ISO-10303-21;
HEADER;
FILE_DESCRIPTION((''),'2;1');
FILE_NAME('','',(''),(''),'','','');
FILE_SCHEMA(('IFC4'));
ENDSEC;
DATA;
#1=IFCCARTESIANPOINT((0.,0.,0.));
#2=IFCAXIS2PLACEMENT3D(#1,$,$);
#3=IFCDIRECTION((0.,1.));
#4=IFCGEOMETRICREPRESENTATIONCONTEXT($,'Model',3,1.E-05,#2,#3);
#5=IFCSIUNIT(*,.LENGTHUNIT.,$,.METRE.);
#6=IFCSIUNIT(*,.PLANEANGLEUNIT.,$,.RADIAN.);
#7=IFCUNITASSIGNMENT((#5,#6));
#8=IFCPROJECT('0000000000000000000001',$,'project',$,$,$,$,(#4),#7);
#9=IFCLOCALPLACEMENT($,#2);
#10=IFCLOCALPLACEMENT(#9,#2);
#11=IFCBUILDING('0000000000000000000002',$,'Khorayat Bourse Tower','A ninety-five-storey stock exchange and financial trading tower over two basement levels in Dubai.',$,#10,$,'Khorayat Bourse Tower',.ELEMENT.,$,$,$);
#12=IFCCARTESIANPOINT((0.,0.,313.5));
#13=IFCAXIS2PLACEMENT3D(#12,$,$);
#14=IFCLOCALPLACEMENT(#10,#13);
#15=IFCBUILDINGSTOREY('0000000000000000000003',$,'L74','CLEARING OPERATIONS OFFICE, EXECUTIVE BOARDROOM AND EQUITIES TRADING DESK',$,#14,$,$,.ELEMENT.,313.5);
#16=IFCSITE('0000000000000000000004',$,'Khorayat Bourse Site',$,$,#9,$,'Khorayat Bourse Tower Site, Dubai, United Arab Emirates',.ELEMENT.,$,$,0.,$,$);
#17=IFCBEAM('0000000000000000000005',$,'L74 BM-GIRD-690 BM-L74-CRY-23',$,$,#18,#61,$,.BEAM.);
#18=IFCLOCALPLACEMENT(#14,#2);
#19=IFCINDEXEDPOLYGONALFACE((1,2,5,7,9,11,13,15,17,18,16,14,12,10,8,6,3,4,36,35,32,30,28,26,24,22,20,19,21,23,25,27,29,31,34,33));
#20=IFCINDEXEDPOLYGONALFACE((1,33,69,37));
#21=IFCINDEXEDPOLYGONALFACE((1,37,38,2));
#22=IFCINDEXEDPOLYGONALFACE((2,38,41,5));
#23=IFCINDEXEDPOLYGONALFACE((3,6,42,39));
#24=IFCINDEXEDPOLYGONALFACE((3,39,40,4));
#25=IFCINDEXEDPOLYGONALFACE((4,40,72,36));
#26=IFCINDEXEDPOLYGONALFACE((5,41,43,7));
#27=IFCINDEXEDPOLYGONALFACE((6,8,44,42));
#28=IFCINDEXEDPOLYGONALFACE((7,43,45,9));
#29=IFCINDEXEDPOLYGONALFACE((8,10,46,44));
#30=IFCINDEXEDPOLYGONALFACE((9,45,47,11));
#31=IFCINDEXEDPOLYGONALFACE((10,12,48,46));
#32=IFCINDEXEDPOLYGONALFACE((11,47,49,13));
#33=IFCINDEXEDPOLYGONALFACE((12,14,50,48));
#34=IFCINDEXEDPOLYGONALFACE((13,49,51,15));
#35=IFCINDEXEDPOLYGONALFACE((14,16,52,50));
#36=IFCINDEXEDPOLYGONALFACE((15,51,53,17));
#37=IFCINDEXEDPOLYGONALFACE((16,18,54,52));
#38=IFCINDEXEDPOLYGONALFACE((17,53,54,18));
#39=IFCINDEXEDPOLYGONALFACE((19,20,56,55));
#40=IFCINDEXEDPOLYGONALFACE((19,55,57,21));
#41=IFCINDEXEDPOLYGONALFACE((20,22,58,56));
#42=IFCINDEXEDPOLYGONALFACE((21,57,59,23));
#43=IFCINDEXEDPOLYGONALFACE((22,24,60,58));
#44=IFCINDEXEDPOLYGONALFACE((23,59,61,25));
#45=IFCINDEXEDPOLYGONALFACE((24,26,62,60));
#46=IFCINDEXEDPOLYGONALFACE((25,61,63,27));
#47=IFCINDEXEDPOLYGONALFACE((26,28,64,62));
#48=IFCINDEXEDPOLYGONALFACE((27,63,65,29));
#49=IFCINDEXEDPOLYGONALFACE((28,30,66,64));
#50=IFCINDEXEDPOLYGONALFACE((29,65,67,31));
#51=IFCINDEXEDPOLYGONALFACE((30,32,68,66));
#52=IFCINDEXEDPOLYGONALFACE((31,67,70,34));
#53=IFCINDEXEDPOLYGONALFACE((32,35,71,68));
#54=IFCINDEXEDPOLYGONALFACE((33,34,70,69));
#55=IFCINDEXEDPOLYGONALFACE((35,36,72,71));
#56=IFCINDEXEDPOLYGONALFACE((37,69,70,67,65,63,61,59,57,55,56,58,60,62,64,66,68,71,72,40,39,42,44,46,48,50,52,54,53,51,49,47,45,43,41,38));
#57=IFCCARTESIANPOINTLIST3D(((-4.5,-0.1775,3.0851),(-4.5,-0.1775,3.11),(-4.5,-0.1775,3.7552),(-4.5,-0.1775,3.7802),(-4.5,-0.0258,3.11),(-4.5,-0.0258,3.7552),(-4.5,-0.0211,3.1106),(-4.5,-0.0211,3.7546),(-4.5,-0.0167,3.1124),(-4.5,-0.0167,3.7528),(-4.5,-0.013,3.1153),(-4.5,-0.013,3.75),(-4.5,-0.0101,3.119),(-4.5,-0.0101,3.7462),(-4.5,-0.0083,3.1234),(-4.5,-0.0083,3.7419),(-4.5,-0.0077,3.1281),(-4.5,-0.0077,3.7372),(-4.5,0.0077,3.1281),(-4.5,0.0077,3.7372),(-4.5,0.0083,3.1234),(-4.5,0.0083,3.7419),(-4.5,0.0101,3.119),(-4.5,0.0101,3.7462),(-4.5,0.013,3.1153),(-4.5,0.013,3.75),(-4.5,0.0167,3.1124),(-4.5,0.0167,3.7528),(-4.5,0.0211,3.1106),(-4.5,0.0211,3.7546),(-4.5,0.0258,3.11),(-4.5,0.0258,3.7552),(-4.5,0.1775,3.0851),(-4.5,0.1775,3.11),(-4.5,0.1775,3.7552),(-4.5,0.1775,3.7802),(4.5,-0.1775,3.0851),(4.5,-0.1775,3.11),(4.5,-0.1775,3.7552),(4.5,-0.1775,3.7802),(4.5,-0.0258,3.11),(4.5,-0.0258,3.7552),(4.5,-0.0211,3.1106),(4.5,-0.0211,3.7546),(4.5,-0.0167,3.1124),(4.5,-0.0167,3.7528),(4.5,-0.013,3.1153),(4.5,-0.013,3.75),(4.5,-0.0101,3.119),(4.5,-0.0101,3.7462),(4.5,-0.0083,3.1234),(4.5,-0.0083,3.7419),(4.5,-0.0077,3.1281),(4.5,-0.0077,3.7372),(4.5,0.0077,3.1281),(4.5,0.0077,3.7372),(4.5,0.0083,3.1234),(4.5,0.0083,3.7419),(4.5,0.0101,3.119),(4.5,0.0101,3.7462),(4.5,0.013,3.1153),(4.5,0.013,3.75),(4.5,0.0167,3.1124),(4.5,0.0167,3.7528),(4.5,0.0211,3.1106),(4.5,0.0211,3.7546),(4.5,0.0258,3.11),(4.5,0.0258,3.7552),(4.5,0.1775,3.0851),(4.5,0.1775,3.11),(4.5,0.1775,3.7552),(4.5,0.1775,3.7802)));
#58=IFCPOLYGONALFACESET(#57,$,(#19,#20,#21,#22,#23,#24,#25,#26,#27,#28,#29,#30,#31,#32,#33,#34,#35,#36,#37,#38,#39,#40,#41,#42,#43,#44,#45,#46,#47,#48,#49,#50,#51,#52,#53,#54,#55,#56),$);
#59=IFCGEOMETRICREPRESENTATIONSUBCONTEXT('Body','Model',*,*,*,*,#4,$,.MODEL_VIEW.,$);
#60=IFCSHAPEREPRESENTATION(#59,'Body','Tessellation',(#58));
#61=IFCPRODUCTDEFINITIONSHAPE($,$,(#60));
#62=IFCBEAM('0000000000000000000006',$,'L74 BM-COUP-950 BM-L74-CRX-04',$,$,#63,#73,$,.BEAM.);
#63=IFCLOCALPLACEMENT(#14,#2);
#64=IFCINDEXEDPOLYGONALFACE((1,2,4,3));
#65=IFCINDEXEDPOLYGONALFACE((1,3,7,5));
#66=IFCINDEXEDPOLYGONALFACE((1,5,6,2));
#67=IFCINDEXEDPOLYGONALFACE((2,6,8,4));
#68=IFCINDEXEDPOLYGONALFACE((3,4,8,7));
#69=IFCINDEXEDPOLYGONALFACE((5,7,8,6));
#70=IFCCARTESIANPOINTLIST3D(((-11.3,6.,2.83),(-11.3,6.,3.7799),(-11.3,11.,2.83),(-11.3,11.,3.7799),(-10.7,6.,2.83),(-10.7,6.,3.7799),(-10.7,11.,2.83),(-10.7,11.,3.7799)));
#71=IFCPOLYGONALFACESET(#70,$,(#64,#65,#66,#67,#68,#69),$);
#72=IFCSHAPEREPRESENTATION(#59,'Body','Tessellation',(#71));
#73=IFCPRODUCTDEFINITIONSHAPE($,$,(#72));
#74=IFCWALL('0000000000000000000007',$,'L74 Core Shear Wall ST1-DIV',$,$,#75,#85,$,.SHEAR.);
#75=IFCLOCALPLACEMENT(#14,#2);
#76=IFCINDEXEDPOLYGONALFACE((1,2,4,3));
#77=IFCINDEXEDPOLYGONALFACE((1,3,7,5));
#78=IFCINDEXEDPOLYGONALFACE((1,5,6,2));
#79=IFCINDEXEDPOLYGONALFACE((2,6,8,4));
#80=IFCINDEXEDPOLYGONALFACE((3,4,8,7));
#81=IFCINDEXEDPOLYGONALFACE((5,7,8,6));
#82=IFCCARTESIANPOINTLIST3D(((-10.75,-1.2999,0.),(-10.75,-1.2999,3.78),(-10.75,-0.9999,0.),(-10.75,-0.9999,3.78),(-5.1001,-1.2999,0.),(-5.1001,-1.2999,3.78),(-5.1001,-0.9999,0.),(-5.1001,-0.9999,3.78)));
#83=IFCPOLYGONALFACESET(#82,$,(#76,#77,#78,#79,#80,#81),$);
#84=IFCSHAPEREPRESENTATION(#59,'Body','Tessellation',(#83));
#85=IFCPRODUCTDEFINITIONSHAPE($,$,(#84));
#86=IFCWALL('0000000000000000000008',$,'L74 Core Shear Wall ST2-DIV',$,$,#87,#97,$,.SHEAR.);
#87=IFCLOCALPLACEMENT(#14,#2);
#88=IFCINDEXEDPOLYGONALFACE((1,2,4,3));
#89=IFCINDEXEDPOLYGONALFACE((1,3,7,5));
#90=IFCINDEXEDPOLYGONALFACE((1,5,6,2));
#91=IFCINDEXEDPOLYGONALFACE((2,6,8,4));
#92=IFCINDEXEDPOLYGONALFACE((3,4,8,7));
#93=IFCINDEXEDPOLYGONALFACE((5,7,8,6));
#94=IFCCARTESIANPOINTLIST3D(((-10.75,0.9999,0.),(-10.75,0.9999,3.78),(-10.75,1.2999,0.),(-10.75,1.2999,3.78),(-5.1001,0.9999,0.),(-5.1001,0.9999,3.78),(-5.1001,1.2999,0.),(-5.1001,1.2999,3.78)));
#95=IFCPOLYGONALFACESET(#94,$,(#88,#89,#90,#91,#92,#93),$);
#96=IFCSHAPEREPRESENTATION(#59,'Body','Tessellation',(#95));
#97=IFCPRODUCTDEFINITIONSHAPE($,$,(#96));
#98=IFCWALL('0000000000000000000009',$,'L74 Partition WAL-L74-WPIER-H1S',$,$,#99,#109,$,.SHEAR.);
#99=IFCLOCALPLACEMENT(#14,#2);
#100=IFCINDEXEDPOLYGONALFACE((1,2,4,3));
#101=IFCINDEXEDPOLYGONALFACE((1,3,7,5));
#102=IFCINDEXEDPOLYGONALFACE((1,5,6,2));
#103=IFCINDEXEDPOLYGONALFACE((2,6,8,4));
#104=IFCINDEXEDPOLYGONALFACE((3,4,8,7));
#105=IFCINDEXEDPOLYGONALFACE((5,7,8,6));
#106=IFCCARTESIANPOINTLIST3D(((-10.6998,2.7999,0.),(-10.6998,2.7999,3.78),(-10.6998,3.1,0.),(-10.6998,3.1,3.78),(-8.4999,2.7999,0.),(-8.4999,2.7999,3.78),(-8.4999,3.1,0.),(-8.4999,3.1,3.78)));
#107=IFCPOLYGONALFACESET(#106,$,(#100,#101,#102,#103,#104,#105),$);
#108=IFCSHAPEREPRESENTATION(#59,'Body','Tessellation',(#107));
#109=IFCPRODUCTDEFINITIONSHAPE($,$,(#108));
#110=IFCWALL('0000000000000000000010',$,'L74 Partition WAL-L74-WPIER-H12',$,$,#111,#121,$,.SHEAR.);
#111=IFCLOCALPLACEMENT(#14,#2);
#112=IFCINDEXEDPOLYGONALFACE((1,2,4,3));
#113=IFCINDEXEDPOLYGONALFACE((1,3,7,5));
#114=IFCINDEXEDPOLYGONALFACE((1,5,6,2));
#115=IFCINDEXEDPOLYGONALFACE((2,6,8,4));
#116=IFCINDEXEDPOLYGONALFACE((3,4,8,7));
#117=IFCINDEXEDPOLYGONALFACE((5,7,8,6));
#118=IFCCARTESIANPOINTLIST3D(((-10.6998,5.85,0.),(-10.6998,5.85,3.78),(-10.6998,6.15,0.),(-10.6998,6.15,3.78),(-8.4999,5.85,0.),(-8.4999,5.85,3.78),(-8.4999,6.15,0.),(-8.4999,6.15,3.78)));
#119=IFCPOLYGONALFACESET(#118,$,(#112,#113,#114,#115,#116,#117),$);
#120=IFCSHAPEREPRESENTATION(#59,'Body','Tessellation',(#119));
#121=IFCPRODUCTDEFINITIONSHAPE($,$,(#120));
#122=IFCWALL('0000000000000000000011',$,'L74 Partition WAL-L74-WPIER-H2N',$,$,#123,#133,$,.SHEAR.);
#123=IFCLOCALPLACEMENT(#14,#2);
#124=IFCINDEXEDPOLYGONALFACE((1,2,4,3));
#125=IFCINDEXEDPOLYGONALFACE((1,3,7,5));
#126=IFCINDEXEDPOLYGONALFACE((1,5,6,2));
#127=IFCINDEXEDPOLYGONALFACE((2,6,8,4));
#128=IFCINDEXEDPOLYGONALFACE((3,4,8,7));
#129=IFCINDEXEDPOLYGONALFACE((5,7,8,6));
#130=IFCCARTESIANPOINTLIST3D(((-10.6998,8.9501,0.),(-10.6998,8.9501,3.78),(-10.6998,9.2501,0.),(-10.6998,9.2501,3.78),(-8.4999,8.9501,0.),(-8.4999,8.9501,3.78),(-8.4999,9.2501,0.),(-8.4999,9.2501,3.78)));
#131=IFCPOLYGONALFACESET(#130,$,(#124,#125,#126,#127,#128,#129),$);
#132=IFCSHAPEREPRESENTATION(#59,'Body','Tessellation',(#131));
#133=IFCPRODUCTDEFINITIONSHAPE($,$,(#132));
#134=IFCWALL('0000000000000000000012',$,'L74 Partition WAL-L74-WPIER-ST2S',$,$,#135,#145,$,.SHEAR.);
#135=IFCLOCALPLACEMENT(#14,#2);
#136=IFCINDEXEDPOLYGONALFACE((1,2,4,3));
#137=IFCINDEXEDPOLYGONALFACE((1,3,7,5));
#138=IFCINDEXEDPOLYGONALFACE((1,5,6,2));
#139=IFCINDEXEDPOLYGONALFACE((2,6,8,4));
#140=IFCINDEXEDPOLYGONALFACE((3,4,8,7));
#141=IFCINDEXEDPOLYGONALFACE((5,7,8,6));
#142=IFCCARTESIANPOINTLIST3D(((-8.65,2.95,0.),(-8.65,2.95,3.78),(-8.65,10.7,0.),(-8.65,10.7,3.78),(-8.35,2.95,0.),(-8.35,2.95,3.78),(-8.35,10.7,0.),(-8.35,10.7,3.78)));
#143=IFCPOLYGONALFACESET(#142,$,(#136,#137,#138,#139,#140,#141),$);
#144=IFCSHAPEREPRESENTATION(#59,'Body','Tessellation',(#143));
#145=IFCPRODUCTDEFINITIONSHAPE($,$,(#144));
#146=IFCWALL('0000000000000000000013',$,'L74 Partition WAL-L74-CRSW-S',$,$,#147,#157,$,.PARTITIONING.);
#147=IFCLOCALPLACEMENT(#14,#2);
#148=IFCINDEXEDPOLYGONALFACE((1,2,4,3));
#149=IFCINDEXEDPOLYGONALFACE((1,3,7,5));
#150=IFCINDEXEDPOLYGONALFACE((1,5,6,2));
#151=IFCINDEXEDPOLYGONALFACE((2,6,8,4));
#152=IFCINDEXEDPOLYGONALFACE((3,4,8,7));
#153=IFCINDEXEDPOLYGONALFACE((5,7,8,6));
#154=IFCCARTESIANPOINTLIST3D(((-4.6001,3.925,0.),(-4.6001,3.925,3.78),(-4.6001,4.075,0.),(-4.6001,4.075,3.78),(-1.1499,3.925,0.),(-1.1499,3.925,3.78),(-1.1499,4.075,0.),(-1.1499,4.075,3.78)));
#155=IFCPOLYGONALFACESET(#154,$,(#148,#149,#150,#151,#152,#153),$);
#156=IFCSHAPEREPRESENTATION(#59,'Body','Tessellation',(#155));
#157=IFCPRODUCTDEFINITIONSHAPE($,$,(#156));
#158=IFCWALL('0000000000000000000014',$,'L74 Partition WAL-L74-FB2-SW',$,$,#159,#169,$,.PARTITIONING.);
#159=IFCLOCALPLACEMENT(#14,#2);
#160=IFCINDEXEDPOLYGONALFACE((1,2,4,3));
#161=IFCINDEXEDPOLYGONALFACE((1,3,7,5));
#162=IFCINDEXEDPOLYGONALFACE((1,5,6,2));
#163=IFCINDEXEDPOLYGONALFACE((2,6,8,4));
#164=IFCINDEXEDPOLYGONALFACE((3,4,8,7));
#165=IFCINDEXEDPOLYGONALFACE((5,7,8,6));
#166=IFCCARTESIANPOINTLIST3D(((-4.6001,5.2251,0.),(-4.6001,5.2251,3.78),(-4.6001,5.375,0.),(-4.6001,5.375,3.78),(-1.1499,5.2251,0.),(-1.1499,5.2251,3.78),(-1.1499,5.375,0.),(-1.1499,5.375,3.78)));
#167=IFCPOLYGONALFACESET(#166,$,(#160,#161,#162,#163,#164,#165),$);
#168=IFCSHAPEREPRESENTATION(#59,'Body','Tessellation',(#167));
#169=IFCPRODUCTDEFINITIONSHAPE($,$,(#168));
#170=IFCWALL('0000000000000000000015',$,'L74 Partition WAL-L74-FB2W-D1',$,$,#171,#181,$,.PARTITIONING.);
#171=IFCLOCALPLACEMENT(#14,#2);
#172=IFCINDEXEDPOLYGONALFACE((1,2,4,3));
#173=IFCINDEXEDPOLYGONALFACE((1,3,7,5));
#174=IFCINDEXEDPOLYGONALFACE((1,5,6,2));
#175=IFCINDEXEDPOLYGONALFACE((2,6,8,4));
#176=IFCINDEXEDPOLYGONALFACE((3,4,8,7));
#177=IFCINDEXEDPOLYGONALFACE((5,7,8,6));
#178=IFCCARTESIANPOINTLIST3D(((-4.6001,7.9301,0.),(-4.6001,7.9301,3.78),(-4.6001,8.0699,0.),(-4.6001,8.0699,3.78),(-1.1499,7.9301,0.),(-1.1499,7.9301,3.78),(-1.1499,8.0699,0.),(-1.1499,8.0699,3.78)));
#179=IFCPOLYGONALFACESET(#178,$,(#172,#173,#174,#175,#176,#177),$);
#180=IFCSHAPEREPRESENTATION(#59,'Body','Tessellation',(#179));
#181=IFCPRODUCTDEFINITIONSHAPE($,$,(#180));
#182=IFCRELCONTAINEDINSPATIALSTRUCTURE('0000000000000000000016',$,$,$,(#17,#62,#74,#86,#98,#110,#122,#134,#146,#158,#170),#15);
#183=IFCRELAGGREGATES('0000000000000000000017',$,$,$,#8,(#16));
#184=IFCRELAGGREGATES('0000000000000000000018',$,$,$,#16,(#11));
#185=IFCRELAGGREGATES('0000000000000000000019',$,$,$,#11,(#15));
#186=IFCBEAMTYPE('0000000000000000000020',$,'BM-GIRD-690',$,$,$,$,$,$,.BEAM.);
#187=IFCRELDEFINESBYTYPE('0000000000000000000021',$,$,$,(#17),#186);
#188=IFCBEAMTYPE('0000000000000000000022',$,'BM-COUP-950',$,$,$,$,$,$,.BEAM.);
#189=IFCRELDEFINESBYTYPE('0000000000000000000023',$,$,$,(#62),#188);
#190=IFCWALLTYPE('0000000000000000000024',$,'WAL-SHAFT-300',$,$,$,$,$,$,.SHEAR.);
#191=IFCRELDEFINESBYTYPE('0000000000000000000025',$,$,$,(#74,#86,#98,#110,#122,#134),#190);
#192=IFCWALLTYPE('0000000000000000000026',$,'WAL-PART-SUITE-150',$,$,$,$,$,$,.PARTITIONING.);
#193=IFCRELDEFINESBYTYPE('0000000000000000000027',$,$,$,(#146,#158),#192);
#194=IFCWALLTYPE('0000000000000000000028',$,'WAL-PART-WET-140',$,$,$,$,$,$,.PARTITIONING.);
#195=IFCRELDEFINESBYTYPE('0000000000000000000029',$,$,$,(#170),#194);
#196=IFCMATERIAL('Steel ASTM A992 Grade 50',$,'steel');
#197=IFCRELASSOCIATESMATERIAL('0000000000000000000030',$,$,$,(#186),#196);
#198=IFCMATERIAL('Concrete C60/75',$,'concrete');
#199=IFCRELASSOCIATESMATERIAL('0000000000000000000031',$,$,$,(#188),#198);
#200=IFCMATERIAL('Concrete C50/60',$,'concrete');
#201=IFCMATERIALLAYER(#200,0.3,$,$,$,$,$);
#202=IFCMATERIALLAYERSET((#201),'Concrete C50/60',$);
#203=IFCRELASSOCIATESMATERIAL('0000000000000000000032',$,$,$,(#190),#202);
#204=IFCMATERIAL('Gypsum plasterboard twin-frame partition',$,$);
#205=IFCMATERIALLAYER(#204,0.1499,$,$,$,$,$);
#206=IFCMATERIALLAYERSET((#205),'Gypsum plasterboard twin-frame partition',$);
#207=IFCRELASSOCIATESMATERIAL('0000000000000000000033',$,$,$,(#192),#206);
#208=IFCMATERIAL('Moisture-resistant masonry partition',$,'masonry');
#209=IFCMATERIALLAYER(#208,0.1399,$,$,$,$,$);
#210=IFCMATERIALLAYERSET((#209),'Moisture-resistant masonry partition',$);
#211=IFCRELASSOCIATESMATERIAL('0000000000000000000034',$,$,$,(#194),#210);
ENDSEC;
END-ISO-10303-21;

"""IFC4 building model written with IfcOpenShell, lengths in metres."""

from ifc_helpers import new_model, si_unit, direction, frame, frame_2d, origin, origin_2d, place, context, subcontext, project, spatial, rectangle, i_section, extrude, source, transform, mapped, material, layer, layer_set, material_profile, profile_set, type_object, element, save


model = new_model("IFC4")

# Units and contexts
model_context = context("Model", 3, precision=1e-05, world=origin(), true_north=direction((0.0, 1.0)))
body_context = subcontext(model_context, "Body", "Model", "MODEL_VIEW")
ifc_project = project(units=[si_unit("LENGTHUNIT", "METRE"), si_unit("PLANEANGLEUNIT", "RADIAN")], contexts=[model_context])

# Site, building, storey
site_placement = place(None, origin())
site = spatial("IfcSite", under=ifc_project, at=site_placement, Name="Khorayat Bourse Site", LongName="Khorayat Bourse Tower Site, Dubai, United Arab Emirates", CompositionType="ELEMENT", RefElevation=0.0)
building_placement = place(site_placement, origin())
building = spatial("IfcBuilding", under=site, at=building_placement, Name="Khorayat Bourse Tower", Description="A ninety-five-storey stock exchange and financial trading tower over two basement levels in Dubai.", LongName="Khorayat Bourse Tower", CompositionType="ELEMENT")
storey_placement = place(building_placement, frame((0.0, 0.0, 313.5)))
storey = spatial("IfcBuildingStorey", under=building, at=storey_placement, Name="L74", Description="CLEARING OPERATIONS OFFICE, EXECUTIVE BOARDROOM AND EQUITIES TRADING DESK", CompositionType="ELEMENT", Elevation=313.5)

# Beams
ifc_material_1 = material(Name="Steel ASTM A992 Grade 50", Category="steel")
ifc_material_profile_1 = material_profile(ifc_material_1, i_section(OverallWidth=0.355, OverallDepth=0.6951, WebThickness=0.0154, FlangeThickness=0.0249, FilletRadius=0.0181, at=origin_2d()), Name="W690X217")
ifc_profile_set_1 = profile_set([ifc_material_profile_1], Name="Steel ASTM A992 Grade 50")
beam_type_1 = type_object("IfcBeamType", Name="BM-GIRD-690", PredefinedType="BEAM", material=ifc_profile_set_1)
shared_shape_1 = source(origin(), body_context, "Body", "SweptSolid", [
    extrude(i_section(OverallWidth=0.355, OverallDepth=0.6951, WebThickness=0.0154, FlangeThickness=0.0249, FilletRadius=0.0181, at=origin_2d()), origin(), (0.0, 0.0, 1.0), 9.0),
])
beam_1_placement = place(storey_placement, frame((-4.5, 0.0, 3.4326), z_axis=(1.0, 0.0, 0.0), x_axis=(0.0, 1.0, 0.0)))
element("IfcBeam", 1, at=beam_1_placement, inside=storey, type_object=beam_type_1, Name="L74 BM-GIRD-690 BM-L74-CRY-23", PredefinedType="BEAM", context=body_context, shape_type="MappedRepresentation", body=[
    mapped(shared_shape_1, transform((0.0, 0.0, 0.0), scale=1.0)),
])
ifc_material_2 = material(Name="Concrete C60/75", Category="concrete")
ifc_material_profile_2 = material_profile(ifc_material_2, rectangle(XDim=0.6001, YDim=0.95, at=origin_2d()), Name="RC 600x950")
ifc_profile_set_2 = profile_set([ifc_material_profile_2], Name="Concrete C60/75")
beam_type_2 = type_object("IfcBeamType", Name="BM-COUP-950", PredefinedType="BEAM", material=ifc_profile_set_2)
shared_shape_2 = source(origin(), body_context, "Body", "SweptSolid", [
    extrude(rectangle(XDim=0.6001, YDim=0.95, at=origin_2d()), origin(), (0.0, 0.0, 1.0), 5.0),
])
beam_2_placement = place(storey_placement, frame((-11.0, 6.0, 3.3049), z_axis=(0.0, 1.0, 0.0), x_axis=(-1.0, 0.0, 0.0)))
element("IfcBeam", 2, at=beam_2_placement, inside=storey, type_object=beam_type_2, Name="L74 BM-COUP-950 BM-L74-CRX-04", PredefinedType="BEAM", context=body_context, shape_type="MappedRepresentation", body=[
    mapped(shared_shape_2, transform((0.0, 0.0, 0.0), scale=1.0)),
])

# Walls
ifc_material_3 = material(Name="Concrete C50/60", Category="concrete")
ifc_layer_1 = layer(ifc_material_3, 0.3)
ifc_layer_set_1 = layer_set([ifc_layer_1], Name="Concrete C50/60")
wall_type_1 = type_object("IfcWallType", Name="WAL-SHAFT-300", PredefinedType="SHEAR", material=ifc_layer_set_1)
shared_shape_3 = source(origin(), body_context, "Body", "SweptSolid", [
    extrude(rectangle(XDim=5.6499, YDim=0.3, at=frame_2d((2.825, 0.0))), origin(), (0.0, 0.0, 1.0), 3.78),
])
for number, where, z_axis, x_axis, name in (
    (3, (-10.75, -1.1499, 0.0), (0.0, 0.0, 1.0), (1.0, 0.0, 0.0), "L74 Core Shear Wall ST1-DIV"),
    (4, (-10.75, 1.1499, 0.0), (0.0, 0.0, 1.0), (1.0, 0.0, 0.0), "L74 Core Shear Wall ST2-DIV"),
):
    element("IfcWall", number, at=place(storey_placement, frame(where, z_axis=z_axis, x_axis=x_axis)), inside=storey, type_object=wall_type_1, Name=name, PredefinedType="SHEAR", context=body_context, shape_type="MappedRepresentation", body=[
        mapped(shared_shape_3, transform((0.0, 0.0, 0.0), scale=1.0)),
    ])
shared_shape_4 = source(origin(), body_context, "Body", "SweptSolid", [
    extrude(rectangle(XDim=2.2, YDim=0.3, at=frame_2d((1.1001, 0.0))), origin(), (0.0, 0.0, 1.0), 3.78),
])
for number, where, z_axis, x_axis, name in (
    (5, (-10.7, 2.95, 0.0), (0.0, 0.0, 1.0), (1.0, 0.0, 0.0), "L74 Partition WAL-L74-WPIER-H1S"),
    (6, (-10.7, 6.0, 0.0), (0.0, 0.0, 1.0), (1.0, 0.0, 0.0), "L74 Partition WAL-L74-WPIER-H12"),
    (7, (-10.7, 9.1001, 0.0), (0.0, 0.0, 1.0), (1.0, 0.0, 0.0), "L74 Partition WAL-L74-WPIER-H2N"),
):
    element("IfcWall", number, at=place(storey_placement, frame(where, z_axis=z_axis, x_axis=x_axis)), inside=storey, type_object=wall_type_1, Name=name, PredefinedType="SHEAR", context=body_context, shape_type="MappedRepresentation", body=[
        mapped(shared_shape_4, transform((0.0, 0.0, 0.0), scale=1.0)),
    ])
shared_shape_5 = source(origin(), body_context, "Body", "SweptSolid", [
    extrude(rectangle(XDim=7.75, YDim=0.3, at=frame_2d((3.875, 0.0))), origin(), (0.0, 0.0, 1.0), 3.78),
])
wall_1_placement = place(storey_placement, frame((-8.5, 2.95, 0.0), z_axis=(0.0, 0.0, 1.0), x_axis=(0.0, 1.0, 0.0)))
element("IfcWall", 8, at=wall_1_placement, inside=storey, type_object=wall_type_1, Name="L74 Partition WAL-L74-WPIER-ST2S", PredefinedType="SHEAR", context=body_context, shape_type="MappedRepresentation", body=[
    mapped(shared_shape_5, transform((0.0, 0.0, 0.0), scale=1.0)),
])
ifc_material_4 = material(Name="Gypsum plasterboard twin-frame partition")
ifc_layer_2 = layer(ifc_material_4, 0.1499)
ifc_layer_set_2 = layer_set([ifc_layer_2], Name="Gypsum plasterboard twin-frame partition")
wall_type_2 = type_object("IfcWallType", Name="WAL-PART-SUITE-150", PredefinedType="PARTITIONING", material=ifc_layer_set_2)
shared_shape_6 = source(origin(), body_context, "Body", "SweptSolid", [
    extrude(rectangle(XDim=3.4502, YDim=0.1499, at=frame_2d((1.7251, 0.0))), origin(), (0.0, 0.0, 1.0), 3.78),
])
for number, where, z_axis, x_axis, name in (
    (9, (-4.6001, 4.0, 0.0), (0.0, 0.0, 1.0), (1.0, 0.0, 0.0), "L74 Partition WAL-L74-CRSW-S"),
    (10, (-4.6001, 5.3, 0.0), (0.0, 0.0, 1.0), (1.0, 0.0, 0.0), "L74 Partition WAL-L74-FB2-SW"),
):
    element("IfcWall", number, at=place(storey_placement, frame(where, z_axis=z_axis, x_axis=x_axis)), inside=storey, type_object=wall_type_2, Name=name, PredefinedType="PARTITIONING", context=body_context, shape_type="MappedRepresentation", body=[
        mapped(shared_shape_6, transform((0.0, 0.0, 0.0), scale=1.0)),
    ])
ifc_material_5 = material(Name="Moisture-resistant masonry partition", Category="masonry")
ifc_layer_3 = layer(ifc_material_5, 0.1399)
ifc_layer_set_3 = layer_set([ifc_layer_3], Name="Moisture-resistant masonry partition")
wall_type_3 = type_object("IfcWallType", Name="WAL-PART-WET-140", PredefinedType="PARTITIONING", material=ifc_layer_set_3)
shared_shape_7 = source(origin(), body_context, "Body", "SweptSolid", [
    extrude(rectangle(XDim=3.4502, YDim=0.1399, at=frame_2d((1.7251, 0.0))), origin(), (0.0, 0.0, 1.0), 3.78),
])
wall_2_placement = place(storey_placement, frame((-4.6001, 8.0, 0.0), z_axis=(0.0, 0.0, 1.0), x_axis=(1.0, 0.0, 0.0)))
element("IfcWall", 11, at=wall_2_placement, inside=storey, type_object=wall_type_3, Name="L74 Partition WAL-L74-FB2W-D1", PredefinedType="PARTITIONING", context=body_context, shape_type="MappedRepresentation", body=[
    mapped(shared_shape_7, transform((0.0, 0.0, 0.0), scale=1.0)),
])

save(model, "model.ifc")
